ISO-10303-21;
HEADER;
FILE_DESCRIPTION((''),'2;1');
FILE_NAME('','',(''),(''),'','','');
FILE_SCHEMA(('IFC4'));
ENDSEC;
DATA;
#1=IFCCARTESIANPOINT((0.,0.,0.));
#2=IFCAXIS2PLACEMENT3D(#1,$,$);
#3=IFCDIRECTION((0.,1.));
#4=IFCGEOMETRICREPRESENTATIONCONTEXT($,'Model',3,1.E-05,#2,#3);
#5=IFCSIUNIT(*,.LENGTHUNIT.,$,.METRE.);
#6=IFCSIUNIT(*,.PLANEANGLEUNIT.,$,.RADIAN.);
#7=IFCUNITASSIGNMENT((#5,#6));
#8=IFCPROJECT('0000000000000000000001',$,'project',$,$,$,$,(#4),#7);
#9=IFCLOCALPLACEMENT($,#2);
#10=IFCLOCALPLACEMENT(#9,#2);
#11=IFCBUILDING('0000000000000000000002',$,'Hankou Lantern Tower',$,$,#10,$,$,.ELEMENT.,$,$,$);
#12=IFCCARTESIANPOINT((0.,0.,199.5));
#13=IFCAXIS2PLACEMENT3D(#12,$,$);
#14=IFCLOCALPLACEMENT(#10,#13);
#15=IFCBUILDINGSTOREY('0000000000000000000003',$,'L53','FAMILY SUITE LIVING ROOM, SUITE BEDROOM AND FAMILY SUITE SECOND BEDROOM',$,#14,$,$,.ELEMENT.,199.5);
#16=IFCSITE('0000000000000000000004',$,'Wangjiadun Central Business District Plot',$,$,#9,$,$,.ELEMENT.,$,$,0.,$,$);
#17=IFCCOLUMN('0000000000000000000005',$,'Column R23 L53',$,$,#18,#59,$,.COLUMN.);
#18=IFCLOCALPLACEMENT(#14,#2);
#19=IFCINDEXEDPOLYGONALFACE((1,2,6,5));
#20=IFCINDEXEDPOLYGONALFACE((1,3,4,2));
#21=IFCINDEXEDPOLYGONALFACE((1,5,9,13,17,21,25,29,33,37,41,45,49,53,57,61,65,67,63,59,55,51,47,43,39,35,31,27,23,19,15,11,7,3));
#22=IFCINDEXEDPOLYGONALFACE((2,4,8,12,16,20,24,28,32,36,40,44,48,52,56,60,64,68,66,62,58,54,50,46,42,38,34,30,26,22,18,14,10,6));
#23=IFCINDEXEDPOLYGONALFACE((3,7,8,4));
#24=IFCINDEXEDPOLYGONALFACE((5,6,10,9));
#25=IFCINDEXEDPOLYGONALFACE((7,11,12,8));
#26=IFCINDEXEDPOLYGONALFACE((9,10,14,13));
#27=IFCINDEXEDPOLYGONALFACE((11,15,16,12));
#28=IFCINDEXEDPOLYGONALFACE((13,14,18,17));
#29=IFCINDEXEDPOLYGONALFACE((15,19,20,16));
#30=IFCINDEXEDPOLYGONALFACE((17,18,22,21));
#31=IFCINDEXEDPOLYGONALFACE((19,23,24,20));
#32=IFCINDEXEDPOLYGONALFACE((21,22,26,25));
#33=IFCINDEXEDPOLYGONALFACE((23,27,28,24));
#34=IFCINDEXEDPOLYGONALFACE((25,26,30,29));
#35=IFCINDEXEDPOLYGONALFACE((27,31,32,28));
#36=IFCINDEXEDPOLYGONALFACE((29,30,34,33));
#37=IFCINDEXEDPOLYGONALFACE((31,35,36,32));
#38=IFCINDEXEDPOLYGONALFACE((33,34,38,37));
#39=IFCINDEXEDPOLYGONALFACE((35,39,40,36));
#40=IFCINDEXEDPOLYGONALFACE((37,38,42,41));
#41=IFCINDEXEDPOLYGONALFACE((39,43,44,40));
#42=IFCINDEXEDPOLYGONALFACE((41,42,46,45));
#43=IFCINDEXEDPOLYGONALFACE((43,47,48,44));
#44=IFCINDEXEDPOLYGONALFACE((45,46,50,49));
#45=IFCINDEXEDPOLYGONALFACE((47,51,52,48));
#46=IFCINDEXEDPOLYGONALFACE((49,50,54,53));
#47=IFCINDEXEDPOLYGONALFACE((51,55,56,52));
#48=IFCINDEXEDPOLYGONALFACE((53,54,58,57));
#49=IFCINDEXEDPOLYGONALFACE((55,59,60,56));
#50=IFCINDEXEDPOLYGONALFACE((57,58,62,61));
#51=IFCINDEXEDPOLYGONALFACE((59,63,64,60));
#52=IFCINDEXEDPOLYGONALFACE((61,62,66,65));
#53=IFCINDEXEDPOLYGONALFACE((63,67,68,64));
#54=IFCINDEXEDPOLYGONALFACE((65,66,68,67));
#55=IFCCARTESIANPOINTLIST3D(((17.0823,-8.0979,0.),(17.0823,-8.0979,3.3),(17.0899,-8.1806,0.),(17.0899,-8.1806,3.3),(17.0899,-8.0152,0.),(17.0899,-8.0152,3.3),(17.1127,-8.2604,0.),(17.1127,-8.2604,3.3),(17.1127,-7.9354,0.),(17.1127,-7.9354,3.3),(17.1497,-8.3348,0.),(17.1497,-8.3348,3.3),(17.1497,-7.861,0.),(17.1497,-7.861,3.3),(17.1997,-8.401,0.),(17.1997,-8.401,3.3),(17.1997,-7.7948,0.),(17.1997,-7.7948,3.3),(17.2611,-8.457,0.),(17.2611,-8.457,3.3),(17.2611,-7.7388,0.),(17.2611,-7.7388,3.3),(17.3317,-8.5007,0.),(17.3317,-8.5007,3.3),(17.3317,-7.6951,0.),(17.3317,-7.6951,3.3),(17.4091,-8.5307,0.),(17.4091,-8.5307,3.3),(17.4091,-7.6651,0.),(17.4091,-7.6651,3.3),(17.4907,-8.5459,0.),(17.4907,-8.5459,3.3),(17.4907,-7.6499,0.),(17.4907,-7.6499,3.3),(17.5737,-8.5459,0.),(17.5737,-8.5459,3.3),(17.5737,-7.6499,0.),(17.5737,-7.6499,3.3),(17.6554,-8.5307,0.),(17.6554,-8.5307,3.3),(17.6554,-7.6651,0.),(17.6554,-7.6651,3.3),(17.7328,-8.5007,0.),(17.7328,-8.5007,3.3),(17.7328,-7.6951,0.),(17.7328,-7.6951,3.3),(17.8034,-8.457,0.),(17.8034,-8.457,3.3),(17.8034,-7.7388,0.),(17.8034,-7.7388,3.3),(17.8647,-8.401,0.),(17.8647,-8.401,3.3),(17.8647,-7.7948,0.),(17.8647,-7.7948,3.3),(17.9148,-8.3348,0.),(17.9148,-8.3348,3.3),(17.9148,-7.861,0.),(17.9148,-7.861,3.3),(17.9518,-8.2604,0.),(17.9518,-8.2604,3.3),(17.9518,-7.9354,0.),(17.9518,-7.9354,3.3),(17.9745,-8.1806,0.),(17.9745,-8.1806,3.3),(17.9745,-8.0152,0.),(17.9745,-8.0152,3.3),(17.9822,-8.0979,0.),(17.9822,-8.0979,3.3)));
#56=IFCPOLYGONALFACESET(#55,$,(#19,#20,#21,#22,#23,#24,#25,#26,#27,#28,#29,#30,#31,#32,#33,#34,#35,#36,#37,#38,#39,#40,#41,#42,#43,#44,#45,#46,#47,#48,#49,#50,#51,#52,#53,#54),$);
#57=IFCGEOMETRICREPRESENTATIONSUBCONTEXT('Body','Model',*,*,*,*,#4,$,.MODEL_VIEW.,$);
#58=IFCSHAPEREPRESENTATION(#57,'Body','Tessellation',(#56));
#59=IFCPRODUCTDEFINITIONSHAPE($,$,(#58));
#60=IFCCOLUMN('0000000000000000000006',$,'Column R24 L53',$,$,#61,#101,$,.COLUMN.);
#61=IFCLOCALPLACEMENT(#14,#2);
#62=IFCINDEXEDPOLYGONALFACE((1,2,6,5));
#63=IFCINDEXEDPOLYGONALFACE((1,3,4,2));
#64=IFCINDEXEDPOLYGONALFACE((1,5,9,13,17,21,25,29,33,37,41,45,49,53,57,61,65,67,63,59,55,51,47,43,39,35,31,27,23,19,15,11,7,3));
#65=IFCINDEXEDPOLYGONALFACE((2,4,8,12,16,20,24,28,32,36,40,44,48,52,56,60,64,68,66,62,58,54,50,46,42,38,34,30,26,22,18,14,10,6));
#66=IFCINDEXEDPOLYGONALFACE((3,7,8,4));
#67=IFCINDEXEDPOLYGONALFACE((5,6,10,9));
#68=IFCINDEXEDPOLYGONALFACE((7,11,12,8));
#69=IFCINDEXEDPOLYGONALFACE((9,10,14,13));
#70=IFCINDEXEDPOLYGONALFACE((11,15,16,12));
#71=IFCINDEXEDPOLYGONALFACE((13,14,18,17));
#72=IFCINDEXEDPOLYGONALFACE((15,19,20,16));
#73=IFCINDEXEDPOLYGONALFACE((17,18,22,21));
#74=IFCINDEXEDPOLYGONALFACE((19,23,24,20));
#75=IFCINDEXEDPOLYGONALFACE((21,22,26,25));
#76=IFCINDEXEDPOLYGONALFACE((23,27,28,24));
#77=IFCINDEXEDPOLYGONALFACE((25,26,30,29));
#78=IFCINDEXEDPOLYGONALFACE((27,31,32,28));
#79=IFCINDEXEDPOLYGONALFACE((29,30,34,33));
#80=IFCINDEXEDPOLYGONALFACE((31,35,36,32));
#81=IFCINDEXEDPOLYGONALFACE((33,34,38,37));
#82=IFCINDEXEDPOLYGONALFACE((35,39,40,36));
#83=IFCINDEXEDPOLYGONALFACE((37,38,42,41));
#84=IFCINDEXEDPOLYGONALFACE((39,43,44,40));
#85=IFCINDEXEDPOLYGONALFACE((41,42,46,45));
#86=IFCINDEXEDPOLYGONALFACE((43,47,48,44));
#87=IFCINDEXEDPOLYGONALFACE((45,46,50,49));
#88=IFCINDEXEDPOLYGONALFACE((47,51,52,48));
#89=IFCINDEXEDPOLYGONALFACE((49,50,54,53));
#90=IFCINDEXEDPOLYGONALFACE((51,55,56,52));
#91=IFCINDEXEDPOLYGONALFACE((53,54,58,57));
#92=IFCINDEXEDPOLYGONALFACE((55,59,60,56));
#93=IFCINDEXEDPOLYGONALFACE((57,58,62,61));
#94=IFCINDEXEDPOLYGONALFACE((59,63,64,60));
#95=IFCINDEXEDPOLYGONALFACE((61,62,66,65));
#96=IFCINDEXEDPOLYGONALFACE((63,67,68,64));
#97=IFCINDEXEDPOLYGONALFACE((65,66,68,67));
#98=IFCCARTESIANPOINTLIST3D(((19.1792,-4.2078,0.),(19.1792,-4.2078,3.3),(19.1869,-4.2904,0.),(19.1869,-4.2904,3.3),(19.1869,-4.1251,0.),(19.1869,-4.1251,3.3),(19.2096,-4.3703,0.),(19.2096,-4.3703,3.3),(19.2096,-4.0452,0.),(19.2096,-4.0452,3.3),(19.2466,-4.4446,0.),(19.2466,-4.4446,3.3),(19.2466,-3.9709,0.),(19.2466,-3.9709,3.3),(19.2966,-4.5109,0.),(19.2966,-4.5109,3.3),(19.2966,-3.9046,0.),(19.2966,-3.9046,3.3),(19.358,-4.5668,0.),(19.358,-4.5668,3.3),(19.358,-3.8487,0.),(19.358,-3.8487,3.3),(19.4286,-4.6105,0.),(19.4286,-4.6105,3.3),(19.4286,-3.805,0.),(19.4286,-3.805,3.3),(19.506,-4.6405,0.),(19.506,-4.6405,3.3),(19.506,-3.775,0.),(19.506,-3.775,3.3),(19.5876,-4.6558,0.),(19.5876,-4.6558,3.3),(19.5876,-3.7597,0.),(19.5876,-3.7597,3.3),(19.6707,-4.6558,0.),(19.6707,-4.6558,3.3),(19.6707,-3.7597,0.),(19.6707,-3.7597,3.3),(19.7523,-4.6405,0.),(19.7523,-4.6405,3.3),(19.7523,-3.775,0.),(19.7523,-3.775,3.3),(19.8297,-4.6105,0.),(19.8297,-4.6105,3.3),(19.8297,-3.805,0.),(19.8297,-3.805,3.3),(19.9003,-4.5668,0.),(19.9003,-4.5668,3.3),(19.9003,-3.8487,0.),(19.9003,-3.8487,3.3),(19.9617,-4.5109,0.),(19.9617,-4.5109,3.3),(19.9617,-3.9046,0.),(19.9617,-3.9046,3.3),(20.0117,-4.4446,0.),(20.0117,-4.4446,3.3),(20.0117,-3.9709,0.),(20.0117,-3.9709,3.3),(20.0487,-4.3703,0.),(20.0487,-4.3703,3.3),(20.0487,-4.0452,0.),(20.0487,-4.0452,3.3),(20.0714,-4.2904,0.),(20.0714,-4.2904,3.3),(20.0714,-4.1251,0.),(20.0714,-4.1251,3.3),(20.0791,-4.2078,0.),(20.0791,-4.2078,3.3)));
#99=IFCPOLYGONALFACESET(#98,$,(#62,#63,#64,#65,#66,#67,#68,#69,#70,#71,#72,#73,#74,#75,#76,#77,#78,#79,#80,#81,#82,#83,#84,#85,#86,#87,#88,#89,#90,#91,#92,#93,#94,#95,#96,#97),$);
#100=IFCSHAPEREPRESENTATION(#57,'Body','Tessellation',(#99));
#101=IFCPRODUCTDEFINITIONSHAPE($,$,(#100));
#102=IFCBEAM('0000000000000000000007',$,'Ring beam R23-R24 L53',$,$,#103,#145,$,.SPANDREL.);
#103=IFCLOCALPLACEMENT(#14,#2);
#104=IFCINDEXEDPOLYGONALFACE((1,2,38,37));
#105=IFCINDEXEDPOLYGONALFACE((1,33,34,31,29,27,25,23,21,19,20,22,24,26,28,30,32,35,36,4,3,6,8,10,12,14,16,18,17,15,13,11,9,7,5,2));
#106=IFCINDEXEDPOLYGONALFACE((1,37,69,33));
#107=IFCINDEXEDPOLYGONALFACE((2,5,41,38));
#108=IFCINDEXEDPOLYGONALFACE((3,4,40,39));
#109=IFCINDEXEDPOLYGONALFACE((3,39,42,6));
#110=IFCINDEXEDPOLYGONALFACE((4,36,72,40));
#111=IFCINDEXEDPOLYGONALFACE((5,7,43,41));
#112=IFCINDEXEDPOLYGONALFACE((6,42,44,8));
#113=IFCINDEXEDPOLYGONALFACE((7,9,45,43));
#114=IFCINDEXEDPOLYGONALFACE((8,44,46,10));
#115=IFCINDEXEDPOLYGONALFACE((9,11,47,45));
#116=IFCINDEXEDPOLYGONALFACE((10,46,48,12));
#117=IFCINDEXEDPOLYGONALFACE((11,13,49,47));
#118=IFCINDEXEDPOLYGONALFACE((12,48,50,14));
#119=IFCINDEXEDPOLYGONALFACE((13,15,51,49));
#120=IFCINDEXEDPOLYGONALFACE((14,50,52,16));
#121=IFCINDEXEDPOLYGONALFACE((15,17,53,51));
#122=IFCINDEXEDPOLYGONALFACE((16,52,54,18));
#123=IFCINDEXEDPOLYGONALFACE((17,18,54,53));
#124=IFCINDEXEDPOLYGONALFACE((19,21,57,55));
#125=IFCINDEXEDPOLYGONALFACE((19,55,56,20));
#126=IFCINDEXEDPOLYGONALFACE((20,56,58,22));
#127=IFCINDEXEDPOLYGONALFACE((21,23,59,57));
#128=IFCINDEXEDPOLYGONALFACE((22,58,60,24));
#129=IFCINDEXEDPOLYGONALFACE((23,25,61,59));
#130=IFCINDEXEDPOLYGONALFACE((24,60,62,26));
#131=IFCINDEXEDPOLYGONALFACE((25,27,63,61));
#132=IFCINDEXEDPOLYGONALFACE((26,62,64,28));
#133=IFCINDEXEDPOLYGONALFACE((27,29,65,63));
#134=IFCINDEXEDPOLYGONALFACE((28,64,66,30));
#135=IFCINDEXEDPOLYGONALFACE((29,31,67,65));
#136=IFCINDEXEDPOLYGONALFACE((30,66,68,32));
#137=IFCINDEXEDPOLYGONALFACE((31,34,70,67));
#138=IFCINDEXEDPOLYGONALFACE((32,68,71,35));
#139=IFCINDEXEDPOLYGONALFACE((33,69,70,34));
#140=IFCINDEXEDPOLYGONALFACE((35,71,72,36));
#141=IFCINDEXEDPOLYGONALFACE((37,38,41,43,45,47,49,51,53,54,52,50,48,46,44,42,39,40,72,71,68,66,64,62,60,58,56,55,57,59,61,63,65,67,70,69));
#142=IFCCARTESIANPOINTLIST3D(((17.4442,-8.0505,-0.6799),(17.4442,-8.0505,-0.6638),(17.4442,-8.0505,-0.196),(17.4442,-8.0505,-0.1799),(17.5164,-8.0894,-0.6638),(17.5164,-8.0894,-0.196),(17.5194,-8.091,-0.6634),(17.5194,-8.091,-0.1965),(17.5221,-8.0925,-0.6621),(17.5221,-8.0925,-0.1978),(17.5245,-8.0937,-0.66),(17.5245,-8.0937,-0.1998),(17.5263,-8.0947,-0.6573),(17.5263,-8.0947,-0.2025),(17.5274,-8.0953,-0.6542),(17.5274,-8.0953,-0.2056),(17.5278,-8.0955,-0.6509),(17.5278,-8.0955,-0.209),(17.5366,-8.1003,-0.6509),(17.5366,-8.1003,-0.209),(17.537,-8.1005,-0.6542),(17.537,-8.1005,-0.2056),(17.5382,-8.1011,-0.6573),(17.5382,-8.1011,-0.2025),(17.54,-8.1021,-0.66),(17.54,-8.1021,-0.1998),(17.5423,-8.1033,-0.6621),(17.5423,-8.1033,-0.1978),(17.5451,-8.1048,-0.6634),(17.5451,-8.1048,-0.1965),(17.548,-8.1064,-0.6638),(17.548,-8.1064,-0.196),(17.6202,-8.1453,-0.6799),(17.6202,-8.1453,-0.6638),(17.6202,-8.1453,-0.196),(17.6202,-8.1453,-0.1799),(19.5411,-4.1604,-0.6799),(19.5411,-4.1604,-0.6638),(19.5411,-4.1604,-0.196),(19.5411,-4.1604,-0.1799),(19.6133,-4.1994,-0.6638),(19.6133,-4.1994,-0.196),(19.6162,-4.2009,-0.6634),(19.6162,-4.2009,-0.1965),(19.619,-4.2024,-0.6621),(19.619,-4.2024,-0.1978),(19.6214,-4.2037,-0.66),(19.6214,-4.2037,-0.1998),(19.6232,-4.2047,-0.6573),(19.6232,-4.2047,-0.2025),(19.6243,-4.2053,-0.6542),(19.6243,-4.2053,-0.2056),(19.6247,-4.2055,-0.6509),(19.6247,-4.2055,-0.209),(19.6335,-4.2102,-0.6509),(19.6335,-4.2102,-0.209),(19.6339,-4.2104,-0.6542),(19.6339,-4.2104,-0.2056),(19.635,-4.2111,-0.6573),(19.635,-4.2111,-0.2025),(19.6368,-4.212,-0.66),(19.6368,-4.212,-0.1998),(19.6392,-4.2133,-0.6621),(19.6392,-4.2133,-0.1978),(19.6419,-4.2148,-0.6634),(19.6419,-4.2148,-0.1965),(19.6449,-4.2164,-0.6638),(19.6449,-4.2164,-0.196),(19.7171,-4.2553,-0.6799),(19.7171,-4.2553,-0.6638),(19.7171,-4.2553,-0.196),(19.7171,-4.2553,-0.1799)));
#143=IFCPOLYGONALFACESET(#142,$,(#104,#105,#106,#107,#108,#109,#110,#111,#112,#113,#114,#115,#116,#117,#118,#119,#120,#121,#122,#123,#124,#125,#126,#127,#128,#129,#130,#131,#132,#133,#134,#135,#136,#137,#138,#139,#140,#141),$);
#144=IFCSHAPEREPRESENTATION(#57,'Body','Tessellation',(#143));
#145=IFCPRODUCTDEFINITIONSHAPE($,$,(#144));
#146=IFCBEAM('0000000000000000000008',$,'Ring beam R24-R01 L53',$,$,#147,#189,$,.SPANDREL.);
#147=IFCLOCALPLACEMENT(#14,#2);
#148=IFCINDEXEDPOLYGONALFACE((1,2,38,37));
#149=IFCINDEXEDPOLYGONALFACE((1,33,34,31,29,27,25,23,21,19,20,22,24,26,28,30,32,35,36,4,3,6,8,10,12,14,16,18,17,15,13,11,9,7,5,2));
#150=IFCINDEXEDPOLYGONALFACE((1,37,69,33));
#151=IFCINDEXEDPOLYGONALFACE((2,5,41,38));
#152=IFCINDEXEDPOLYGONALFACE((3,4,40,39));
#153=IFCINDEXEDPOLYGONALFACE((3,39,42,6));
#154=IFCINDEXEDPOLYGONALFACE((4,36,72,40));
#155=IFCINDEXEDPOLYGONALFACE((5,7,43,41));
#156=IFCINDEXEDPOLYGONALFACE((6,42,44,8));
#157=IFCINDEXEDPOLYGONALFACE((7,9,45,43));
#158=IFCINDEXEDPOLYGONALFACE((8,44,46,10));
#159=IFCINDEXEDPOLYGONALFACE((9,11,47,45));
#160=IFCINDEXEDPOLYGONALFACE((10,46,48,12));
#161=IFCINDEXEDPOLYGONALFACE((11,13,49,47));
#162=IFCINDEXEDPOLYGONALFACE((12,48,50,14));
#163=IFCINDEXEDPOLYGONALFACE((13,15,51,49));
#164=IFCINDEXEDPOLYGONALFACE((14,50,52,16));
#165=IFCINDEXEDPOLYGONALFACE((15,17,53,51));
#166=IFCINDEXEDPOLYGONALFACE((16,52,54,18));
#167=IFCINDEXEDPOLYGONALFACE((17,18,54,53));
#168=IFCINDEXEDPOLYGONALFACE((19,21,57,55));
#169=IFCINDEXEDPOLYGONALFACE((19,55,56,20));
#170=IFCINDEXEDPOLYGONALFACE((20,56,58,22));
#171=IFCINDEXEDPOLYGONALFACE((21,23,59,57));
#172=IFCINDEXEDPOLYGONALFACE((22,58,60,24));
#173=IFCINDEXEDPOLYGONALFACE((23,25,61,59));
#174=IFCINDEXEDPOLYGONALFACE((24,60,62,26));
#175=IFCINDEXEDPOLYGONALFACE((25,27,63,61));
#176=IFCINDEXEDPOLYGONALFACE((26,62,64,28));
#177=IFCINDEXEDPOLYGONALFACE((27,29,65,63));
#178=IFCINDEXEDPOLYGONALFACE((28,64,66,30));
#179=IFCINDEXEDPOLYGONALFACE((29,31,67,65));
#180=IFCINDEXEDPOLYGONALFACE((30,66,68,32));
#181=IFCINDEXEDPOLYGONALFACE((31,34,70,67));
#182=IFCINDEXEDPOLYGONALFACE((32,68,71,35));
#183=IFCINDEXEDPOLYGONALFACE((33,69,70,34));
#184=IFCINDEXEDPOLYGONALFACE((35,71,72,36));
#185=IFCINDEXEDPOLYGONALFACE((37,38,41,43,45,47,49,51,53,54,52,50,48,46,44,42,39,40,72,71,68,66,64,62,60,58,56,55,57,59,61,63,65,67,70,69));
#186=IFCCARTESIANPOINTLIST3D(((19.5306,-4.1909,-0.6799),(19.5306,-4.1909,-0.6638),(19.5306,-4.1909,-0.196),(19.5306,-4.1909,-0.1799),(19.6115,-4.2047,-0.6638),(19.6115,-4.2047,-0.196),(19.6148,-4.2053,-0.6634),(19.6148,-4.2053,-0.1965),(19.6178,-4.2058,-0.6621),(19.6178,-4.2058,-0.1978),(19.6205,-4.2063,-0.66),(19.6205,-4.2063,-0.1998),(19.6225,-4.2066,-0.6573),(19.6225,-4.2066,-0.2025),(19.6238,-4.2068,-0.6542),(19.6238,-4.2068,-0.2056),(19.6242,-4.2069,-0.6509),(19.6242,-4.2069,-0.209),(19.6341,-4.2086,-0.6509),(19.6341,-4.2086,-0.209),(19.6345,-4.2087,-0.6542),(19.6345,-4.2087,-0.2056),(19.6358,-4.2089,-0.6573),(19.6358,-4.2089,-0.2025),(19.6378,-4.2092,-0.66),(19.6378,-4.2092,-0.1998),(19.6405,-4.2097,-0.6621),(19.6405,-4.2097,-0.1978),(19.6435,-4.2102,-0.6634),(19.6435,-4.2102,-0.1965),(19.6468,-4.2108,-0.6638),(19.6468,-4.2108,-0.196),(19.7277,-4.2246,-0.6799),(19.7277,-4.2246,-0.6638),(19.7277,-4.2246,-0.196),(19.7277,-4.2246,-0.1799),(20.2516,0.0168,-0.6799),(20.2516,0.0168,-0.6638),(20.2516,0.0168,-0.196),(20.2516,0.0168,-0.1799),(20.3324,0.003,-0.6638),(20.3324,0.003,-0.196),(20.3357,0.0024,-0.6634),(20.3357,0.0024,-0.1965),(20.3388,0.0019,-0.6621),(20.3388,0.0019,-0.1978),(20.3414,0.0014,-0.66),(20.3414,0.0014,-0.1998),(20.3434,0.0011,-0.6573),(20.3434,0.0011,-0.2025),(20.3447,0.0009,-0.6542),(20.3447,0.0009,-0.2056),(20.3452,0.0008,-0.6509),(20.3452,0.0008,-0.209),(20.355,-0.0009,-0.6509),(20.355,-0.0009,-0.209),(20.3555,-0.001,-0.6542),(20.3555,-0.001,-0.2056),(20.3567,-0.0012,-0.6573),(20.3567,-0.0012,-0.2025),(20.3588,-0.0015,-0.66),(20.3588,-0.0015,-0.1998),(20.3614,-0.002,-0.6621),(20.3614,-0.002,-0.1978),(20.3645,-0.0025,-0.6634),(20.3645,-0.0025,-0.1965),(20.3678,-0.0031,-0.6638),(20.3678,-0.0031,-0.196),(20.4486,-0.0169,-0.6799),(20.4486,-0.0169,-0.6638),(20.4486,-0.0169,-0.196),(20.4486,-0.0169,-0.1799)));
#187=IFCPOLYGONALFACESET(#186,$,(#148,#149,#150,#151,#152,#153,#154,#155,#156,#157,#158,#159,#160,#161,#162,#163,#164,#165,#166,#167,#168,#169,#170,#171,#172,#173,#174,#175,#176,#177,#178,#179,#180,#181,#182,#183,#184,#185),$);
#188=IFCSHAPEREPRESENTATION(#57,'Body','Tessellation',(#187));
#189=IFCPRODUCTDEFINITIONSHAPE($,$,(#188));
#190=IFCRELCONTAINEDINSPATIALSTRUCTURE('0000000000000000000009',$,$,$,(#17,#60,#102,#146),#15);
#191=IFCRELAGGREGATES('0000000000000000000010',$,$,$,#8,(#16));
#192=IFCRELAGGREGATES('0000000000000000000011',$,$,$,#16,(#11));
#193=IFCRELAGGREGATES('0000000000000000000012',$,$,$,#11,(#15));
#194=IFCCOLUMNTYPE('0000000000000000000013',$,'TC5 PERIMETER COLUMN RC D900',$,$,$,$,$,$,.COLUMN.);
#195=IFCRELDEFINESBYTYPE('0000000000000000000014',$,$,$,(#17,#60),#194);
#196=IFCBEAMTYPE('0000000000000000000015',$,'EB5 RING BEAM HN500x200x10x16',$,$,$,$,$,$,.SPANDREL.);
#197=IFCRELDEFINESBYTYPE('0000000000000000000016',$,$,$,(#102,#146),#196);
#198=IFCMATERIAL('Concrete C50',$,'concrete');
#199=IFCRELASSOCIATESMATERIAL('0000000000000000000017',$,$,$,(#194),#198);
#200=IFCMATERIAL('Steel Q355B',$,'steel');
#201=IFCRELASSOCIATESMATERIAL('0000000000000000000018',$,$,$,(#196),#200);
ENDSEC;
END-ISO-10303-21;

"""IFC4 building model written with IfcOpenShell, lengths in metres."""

from ifc_helpers import new_model, si_unit, direction, frame, origin, origin_2d, place, context, subcontext, project, spatial, circle, i_section, extrude, material, material_profile, profile_set, type_object, element, save


model = new_model("IFC4")

# Units and contexts
model_context = context("Model", 3, precision=1e-05, world=origin(), true_north=direction((0.0, 1.0)))
body_context = subcontext(model_context, "Body", "Model", "MODEL_VIEW")
ifc_project = project(units=[si_unit("LENGTHUNIT", "METRE"), si_unit("PLANEANGLEUNIT", "RADIAN")], contexts=[model_context])

# Site, building, storey
site_placement = place(None, origin())
site = spatial("IfcSite", under=ifc_project, at=site_placement, Name="Wangjiadun Central Business District Plot", CompositionType="ELEMENT", RefElevation=0.0)
building_placement = place(site_placement, origin())
building = spatial("IfcBuilding", under=site, at=building_placement, Name="Hankou Lantern Tower", CompositionType="ELEMENT")
storey_placement = place(building_placement, frame((0.0, 0.0, 199.5)))
storey = spatial("IfcBuildingStorey", under=building, at=storey_placement, Name="L53", Description="FAMILY SUITE LIVING ROOM, SUITE BEDROOM AND FAMILY SUITE SECOND BEDROOM", CompositionType="ELEMENT", Elevation=199.5)

# Columns
ifc_material_1 = material(Name="Concrete C50", Category="concrete")
ifc_material_profile_1 = material_profile(ifc_material_1, circle(Radius=0.45, at=origin_2d()), Name="RC D900")
ifc_profile_set_1 = profile_set([ifc_material_profile_1], Name="Concrete C50")
column_type = type_object("IfcColumnType", Name="TC5 PERIMETER COLUMN RC D900", PredefinedType="COLUMN", material=ifc_profile_set_1)
for number, where, z_axis, x_axis, name in (
    (1, (17.5322, -8.0979, 0.0), (0.0, 0.0, 1.0), (1.0, 0.0, 0.0), "Column R23 L53"),
    (2, (19.6292, -4.2078, 0.0), (0.0, 0.0, 1.0), (1.0, 0.0, 0.0), "Column R24 L53"),
):
    element("IfcColumn", number, at=place(storey_placement, frame(where, z_axis=z_axis, x_axis=x_axis)), inside=storey, type_object=column_type, Name=name, PredefinedType="COLUMN", context=body_context, shape_type="SweptSolid", body=[
        extrude(circle(Radius=0.45, at=origin_2d()), origin(), (0.0, 0.0, 1.0), 3.3),
    ])

# Beams
ifc_material_2 = material(Name="Steel Q355B", Category="steel")
ifc_material_profile_2 = material_profile(ifc_material_2, i_section(OverallWidth=0.2, OverallDepth=0.5, WebThickness=0.01, FlangeThickness=0.0161, FilletRadius=0.0129, at=origin_2d()), Name="HN500x200x10x16")
ifc_profile_set_2 = profile_set([ifc_material_profile_2], Name="Steel Q355B")
beam_type_1 = type_object("IfcBeamType", Name="EB5 RING BEAM HN500x200x10x16", PredefinedType="SPANDREL", material=ifc_profile_set_2)
beam_1_placement = place(storey_placement, frame((17.5322, -8.0979, -0.4299), z_axis=(0.474492, 0.88026, 0.0), x_axis=(-0.88026, 0.474492, 0.0)))
element("IfcBeam", 3, at=beam_1_placement, inside=storey, type_object=beam_type_1, Name="Ring beam R23-R24 L53", PredefinedType="SPANDREL", context=body_context, shape_type="SweptSolid", body=[
    extrude(i_section(OverallWidth=0.2, OverallDepth=0.5, WebThickness=0.01, FlangeThickness=0.0161, FilletRadius=0.0129, at=origin_2d()), origin(), (0.0, 0.0, 1.0), 4.4192),
])
beam_2_placement = place(storey_placement, frame((19.6292, -4.2078, -0.4299), z_axis=(0.168877, 0.985637, 0.0), x_axis=(-0.985637, 0.168877, 0.0)))
element("IfcBeam", 4, at=beam_2_placement, inside=storey, type_object=beam_type_1, Name="Ring beam R24-R01 L53", PredefinedType="SPANDREL", context=body_context, shape_type="SweptSolid", body=[
    extrude(i_section(OverallWidth=0.2, OverallDepth=0.5, WebThickness=0.01, FlangeThickness=0.0161, FilletRadius=0.0129, at=origin_2d()), origin(), (0.0, 0.0, 1.0), 4.269),
])

save(model, "model.ifc")
